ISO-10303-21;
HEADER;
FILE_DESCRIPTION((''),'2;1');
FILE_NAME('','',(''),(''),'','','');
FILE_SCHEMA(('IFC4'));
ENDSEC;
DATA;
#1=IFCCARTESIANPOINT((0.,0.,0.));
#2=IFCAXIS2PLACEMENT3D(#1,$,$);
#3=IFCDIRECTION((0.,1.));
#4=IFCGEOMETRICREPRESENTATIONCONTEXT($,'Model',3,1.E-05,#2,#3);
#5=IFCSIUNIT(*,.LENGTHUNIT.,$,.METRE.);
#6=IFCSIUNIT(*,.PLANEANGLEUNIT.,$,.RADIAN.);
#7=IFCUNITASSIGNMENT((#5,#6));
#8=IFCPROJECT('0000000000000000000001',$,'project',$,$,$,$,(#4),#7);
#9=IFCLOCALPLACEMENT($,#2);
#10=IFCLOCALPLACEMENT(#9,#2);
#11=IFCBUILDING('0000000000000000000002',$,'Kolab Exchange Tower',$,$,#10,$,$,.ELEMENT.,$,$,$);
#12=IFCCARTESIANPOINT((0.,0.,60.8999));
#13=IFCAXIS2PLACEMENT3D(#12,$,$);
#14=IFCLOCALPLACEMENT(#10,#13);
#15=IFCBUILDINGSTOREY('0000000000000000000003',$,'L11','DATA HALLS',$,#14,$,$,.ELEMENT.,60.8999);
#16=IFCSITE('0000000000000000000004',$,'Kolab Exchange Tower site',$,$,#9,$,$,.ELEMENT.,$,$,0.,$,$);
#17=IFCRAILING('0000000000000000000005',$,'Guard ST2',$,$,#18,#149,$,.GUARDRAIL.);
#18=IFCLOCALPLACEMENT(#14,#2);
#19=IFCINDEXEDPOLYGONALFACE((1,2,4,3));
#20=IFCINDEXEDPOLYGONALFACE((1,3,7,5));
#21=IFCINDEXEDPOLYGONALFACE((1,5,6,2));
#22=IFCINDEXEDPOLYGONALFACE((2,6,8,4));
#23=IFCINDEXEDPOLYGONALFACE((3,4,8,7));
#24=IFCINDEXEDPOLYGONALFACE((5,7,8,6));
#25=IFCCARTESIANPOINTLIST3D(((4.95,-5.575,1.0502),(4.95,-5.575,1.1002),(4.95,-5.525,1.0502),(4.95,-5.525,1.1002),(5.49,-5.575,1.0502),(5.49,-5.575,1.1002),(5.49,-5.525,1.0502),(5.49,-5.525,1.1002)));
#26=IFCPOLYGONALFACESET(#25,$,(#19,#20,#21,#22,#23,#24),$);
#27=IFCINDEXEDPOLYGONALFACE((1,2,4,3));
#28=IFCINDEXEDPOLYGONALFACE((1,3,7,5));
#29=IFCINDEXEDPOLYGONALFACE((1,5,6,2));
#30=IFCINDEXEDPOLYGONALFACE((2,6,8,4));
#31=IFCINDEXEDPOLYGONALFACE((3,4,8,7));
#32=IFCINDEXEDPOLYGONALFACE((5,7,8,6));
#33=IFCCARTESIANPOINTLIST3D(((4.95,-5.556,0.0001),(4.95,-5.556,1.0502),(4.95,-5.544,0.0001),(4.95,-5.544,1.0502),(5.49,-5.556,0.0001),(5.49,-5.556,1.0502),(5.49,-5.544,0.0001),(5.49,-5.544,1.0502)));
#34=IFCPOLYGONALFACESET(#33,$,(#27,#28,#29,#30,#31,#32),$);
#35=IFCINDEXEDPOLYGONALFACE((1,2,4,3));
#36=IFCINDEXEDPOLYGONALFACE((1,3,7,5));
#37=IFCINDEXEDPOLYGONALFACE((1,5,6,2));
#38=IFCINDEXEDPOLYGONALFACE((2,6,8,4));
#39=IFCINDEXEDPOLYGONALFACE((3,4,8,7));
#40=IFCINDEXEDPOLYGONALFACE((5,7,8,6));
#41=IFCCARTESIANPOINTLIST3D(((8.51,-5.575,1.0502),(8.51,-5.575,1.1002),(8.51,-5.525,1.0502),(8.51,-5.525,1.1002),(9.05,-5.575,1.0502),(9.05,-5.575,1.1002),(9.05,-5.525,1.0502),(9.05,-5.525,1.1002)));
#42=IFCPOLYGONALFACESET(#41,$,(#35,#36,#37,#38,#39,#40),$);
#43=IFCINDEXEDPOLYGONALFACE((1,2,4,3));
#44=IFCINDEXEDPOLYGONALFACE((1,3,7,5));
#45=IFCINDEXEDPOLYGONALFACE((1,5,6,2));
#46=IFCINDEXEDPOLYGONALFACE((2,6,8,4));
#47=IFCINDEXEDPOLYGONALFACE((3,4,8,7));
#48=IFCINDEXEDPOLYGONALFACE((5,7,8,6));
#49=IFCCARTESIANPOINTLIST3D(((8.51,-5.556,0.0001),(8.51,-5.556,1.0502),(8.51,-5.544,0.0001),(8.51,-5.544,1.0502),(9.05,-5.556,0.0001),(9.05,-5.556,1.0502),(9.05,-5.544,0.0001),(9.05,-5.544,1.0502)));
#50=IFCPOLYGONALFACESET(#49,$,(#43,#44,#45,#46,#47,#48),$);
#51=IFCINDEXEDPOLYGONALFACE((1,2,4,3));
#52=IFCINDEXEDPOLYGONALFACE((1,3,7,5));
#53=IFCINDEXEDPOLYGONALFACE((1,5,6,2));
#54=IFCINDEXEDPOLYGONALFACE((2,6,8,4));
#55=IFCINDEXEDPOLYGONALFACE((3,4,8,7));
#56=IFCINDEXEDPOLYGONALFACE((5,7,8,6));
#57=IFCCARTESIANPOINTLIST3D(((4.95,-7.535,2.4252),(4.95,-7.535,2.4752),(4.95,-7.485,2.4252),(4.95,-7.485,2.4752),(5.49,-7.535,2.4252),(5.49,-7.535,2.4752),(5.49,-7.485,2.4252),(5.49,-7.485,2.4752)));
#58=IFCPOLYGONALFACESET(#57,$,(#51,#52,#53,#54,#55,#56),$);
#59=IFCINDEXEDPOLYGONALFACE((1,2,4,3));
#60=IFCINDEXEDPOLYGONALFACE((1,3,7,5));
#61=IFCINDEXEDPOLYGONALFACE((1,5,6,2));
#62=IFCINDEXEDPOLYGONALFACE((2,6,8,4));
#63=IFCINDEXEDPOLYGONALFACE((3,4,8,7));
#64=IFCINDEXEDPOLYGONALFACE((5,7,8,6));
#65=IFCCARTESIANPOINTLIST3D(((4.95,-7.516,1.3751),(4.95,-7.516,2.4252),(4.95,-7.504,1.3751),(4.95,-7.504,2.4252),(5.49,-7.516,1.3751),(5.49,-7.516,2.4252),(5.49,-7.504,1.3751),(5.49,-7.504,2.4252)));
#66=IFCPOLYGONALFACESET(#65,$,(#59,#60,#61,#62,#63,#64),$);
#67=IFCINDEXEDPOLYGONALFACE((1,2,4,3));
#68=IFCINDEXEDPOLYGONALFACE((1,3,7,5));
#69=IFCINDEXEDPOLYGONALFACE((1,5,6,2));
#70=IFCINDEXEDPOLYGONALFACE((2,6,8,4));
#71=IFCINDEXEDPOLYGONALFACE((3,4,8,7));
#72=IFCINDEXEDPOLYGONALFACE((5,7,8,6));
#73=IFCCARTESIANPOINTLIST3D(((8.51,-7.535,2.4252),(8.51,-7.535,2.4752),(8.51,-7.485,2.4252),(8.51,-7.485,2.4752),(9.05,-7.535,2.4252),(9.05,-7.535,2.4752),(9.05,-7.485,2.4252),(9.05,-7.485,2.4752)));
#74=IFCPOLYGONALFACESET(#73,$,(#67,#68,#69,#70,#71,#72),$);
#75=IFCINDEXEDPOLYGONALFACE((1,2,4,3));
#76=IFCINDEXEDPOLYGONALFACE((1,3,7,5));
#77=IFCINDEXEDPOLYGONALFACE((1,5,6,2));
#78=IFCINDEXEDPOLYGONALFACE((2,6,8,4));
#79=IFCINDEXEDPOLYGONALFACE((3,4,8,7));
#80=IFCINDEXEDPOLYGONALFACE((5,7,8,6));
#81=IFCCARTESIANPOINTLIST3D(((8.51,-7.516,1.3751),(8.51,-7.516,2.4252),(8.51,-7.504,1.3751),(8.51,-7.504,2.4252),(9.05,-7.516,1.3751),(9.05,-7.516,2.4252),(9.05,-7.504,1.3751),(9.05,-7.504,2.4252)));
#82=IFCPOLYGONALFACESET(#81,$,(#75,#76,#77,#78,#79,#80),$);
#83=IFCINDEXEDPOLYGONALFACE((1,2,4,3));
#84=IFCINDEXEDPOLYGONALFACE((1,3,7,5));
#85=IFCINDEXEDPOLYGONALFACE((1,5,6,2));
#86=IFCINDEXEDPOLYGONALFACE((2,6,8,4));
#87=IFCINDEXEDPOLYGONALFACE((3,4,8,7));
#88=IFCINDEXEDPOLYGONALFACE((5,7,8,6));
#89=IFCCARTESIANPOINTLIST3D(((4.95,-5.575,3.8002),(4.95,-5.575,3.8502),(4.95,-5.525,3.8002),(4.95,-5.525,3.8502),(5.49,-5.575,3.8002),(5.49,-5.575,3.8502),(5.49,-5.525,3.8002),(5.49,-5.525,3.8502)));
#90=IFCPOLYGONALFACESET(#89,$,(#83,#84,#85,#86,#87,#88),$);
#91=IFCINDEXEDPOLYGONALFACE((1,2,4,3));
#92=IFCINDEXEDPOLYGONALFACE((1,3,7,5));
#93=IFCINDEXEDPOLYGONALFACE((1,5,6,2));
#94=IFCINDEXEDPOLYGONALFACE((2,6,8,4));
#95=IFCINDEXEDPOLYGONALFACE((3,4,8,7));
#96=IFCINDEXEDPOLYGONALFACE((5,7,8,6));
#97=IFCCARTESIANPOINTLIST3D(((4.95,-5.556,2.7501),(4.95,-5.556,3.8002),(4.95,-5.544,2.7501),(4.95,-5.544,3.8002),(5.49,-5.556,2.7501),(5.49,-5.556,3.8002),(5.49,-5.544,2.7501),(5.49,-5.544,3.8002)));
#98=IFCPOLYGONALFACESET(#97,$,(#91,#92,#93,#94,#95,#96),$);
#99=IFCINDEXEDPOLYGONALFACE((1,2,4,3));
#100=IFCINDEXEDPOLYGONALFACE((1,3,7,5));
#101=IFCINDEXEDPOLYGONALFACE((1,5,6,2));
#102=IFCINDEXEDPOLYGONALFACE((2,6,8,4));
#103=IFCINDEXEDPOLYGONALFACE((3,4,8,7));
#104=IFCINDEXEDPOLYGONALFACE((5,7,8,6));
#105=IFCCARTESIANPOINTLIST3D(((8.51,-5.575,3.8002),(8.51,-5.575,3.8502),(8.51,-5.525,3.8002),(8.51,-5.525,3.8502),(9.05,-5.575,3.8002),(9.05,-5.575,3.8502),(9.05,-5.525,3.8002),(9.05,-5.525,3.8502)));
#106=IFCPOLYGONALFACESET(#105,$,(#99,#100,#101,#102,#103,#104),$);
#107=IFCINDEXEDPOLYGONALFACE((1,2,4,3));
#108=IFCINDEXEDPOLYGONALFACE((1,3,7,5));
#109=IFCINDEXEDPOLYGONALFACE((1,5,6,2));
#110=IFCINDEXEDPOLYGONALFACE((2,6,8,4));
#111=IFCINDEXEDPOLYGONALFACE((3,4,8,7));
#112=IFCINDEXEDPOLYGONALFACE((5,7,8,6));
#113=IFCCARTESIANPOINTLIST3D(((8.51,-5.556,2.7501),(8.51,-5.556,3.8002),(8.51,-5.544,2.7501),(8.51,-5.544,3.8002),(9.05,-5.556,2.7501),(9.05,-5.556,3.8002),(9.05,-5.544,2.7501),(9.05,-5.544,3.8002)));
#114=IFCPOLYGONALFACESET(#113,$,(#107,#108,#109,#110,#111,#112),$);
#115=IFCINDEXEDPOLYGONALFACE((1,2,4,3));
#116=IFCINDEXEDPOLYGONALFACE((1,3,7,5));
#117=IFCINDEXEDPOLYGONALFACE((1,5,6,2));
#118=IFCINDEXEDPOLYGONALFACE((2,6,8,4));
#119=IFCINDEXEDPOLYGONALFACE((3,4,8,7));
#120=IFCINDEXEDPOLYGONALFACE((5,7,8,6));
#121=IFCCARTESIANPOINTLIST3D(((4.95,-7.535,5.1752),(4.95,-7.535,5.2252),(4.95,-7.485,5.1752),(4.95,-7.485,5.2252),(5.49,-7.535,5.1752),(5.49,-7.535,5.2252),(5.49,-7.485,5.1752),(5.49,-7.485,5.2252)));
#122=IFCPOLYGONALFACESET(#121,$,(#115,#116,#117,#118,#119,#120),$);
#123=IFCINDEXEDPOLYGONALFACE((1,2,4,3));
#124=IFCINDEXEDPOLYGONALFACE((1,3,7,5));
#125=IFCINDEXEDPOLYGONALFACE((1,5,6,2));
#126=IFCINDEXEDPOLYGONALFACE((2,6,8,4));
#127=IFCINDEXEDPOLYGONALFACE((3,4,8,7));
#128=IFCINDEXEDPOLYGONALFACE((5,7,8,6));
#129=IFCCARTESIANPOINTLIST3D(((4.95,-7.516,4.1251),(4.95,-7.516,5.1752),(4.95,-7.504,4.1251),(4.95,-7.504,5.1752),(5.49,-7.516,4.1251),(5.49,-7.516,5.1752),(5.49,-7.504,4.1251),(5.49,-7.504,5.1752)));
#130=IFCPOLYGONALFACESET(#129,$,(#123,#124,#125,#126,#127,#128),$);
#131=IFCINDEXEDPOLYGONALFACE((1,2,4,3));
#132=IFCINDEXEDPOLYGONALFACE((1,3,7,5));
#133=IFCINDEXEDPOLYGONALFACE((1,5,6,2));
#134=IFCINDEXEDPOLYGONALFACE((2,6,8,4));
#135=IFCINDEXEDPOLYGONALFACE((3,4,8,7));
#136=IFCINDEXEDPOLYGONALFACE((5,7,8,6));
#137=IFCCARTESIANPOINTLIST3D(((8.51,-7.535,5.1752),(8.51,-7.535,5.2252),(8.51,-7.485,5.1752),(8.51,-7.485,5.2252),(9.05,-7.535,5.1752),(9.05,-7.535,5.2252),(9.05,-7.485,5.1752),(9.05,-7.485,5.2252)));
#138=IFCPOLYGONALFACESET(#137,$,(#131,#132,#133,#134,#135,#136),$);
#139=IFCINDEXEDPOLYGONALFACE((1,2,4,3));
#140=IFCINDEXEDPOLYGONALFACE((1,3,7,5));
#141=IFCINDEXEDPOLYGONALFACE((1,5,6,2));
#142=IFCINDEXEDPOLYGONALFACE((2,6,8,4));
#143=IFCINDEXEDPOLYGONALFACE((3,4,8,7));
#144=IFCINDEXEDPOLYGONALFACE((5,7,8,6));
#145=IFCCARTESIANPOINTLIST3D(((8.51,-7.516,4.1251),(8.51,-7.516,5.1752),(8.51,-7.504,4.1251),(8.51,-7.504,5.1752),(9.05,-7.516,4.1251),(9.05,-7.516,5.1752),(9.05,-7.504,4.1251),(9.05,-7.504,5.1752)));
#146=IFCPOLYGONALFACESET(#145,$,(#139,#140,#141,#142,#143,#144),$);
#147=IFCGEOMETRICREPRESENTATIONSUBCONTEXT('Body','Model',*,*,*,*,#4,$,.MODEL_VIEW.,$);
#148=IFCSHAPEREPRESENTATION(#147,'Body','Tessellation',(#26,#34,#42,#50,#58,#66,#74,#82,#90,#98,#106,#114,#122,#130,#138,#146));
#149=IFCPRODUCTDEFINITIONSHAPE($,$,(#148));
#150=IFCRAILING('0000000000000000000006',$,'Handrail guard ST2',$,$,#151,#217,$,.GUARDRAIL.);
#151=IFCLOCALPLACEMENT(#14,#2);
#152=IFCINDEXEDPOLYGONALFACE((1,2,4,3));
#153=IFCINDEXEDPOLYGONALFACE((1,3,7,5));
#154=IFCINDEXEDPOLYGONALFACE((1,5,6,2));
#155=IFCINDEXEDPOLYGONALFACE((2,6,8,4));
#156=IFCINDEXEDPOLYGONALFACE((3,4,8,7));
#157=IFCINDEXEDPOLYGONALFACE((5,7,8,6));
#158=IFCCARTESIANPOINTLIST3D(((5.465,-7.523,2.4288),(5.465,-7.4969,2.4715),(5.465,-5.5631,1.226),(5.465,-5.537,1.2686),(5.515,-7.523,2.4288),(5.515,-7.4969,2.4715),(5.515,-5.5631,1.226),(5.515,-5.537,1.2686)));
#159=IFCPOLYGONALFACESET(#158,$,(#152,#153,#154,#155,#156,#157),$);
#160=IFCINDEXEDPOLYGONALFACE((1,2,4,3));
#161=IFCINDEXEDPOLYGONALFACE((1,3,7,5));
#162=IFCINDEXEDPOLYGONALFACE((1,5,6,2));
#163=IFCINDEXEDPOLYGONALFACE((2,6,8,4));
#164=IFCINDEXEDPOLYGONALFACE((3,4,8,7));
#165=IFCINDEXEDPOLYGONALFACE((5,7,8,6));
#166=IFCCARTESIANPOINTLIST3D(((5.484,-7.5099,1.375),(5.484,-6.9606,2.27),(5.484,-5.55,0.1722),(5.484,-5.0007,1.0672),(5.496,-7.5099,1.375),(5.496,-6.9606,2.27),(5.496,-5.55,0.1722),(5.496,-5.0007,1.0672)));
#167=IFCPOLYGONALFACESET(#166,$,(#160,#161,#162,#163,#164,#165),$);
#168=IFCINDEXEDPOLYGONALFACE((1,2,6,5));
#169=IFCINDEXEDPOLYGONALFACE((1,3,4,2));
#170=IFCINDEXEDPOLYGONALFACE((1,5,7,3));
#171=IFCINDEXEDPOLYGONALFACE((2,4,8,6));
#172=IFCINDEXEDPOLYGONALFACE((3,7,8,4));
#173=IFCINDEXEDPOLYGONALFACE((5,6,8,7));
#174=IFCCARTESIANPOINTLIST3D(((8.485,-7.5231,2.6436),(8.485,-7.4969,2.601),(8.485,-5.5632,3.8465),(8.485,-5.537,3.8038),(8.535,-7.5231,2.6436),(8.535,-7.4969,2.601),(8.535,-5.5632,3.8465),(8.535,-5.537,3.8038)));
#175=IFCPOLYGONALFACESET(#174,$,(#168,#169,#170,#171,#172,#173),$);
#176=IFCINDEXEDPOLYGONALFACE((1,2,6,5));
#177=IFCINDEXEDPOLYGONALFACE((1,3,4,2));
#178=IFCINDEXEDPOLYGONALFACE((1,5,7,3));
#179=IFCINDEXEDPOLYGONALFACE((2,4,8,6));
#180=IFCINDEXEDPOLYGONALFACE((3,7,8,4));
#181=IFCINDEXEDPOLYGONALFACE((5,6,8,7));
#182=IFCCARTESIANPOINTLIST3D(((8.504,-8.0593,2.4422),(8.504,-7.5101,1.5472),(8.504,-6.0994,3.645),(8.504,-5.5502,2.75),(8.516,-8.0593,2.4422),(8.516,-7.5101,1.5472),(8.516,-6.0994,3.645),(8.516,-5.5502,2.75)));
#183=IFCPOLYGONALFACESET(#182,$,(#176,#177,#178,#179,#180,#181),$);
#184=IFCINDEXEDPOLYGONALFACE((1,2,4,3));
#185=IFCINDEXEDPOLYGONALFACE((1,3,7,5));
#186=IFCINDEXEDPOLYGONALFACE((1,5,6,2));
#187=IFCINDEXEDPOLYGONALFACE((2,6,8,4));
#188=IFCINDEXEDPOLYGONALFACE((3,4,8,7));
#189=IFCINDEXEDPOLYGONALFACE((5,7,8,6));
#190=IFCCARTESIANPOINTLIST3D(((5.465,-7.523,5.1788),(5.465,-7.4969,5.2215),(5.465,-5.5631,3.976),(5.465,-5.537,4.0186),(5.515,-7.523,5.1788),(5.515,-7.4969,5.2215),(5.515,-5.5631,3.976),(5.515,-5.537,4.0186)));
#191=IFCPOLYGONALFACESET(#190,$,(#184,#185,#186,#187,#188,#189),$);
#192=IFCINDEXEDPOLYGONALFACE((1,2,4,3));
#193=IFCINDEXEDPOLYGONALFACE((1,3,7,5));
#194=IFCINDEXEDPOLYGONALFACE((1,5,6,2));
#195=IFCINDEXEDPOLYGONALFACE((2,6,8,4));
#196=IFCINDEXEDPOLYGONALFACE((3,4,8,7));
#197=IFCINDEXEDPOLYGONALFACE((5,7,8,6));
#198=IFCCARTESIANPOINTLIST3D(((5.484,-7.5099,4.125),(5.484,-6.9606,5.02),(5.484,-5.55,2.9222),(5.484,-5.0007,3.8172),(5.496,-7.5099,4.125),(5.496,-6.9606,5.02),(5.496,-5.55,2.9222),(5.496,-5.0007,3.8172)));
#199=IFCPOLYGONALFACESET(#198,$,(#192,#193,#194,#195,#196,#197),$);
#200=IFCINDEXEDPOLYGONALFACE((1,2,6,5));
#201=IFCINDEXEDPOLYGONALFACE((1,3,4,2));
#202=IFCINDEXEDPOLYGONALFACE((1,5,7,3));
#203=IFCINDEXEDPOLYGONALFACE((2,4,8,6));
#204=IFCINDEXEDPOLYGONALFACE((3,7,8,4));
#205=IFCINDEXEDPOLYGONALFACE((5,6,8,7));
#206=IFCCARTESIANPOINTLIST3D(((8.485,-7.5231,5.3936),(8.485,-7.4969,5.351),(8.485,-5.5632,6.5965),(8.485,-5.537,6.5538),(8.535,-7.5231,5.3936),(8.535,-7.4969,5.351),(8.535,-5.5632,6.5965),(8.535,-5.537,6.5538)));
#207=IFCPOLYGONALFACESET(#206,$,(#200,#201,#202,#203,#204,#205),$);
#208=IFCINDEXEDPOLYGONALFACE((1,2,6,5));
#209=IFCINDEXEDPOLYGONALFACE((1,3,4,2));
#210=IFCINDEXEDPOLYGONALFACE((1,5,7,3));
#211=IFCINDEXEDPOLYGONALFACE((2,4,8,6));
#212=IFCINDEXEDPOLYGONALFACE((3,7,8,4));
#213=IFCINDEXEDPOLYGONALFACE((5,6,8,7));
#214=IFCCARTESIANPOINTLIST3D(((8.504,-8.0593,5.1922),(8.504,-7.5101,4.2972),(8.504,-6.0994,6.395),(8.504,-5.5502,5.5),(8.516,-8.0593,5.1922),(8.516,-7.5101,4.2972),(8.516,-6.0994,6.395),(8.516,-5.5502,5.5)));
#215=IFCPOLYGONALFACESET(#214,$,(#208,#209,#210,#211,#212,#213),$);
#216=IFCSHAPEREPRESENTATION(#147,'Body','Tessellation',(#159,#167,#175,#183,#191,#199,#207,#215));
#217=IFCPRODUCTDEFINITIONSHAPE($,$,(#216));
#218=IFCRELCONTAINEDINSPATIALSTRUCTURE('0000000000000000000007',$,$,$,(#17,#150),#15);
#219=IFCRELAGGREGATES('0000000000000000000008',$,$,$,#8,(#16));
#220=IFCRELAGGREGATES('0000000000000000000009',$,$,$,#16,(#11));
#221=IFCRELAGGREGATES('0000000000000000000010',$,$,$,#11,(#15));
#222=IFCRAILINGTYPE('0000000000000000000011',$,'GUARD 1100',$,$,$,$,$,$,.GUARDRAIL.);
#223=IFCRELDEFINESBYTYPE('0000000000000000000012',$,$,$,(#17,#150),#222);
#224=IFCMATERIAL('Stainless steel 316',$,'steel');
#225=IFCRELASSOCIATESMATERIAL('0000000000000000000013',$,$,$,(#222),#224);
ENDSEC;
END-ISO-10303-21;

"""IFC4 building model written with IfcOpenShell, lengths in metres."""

from ifc_helpers import new_model, si_unit, direction, frame, frame_2d, origin, origin_2d, place, context, subcontext, project, spatial, rectangle, extrude, material, type_object, element, save


model = new_model("IFC4")

# Units and contexts
model_context = context("Model", 3, precision=1e-05, world=origin(), true_north=direction((0.0, 1.0)))
body_context = subcontext(model_context, "Body", "Model", "MODEL_VIEW")
ifc_project = project(units=[si_unit("LENGTHUNIT", "METRE"), si_unit("PLANEANGLEUNIT", "RADIAN")], contexts=[model_context])

# Site, building, storey
site_placement = place(None, origin())
site = spatial("IfcSite", under=ifc_project, at=site_placement, Name="Kolab Exchange Tower site", CompositionType="ELEMENT", RefElevation=0.0)
building_placement = place(site_placement, origin())
building = spatial("IfcBuilding", under=site, at=building_placement, Name="Kolab Exchange Tower", CompositionType="ELEMENT")
storey_placement = place(building_placement, frame((0.0, 0.0, 60.8999)))
storey = spatial("IfcBuildingStorey", under=building, at=storey_placement, Name="L11", Description="DATA HALLS", CompositionType="ELEMENT", Elevation=60.8999)

# Shared definitions
ifc_material_1 = material(Name="Stainless steel 316", Category="steel")

# Railings
railing_type = type_object("IfcRailingType", Name="GUARD 1100", PredefinedType="GUARDRAIL", material=ifc_material_1)
railing_1_placement = place(storey_placement, frame((4.95, -5.55, 0.0)))
element("IfcRailing", 1, at=railing_1_placement, inside=storey, type_object=railing_type, Name="Guard ST2", PredefinedType="GUARDRAIL", context=body_context, shape_type="SweptSolid", body=[
    extrude(rectangle(XDim=0.05, YDim=0.05, at=origin_2d()), frame((0.0, 0.0, 1.0752), z_axis=(1.0, 0.0, 0.0), x_axis=(0.0, 1.0, 0.0)), (0.0, 0.0, 1.0), 0.54),
    extrude(rectangle(XDim=0.012, YDim=1.0501, at=frame_2d((0.0, 0.5251))), frame((0.0, 0.0, 0.0), z_axis=(1.0, 0.0, 0.0), x_axis=(0.0, 1.0, 0.0)), (0.0, 0.0, 1.0), 0.54),
    extrude(rectangle(XDim=0.05, YDim=0.05, at=origin_2d()), frame((3.5601, 0.0, 1.0752), z_axis=(1.0, 0.0, 0.0), x_axis=(0.0, 1.0, 0.0)), (0.0, 0.0, 1.0), 0.54),
    extrude(rectangle(XDim=0.012, YDim=1.0501, at=frame_2d((0.0, 0.5251))), frame((3.5601, 0.0, 0.0), z_axis=(1.0, 0.0, 0.0), x_axis=(0.0, 1.0, 0.0)), (0.0, 0.0, 1.0), 0.54),
    extrude(rectangle(XDim=0.05, YDim=0.05, at=origin_2d()), frame((0.0, -1.96, 2.4502), z_axis=(1.0, 0.0, 0.0), x_axis=(0.0, 1.0, 0.0)), (0.0, 0.0, 1.0), 0.54),
    extrude(rectangle(XDim=0.012, YDim=1.0501, at=frame_2d((0.0, 0.5251))), frame((0.0, -1.96, 1.375), z_axis=(1.0, 0.0, 0.0), x_axis=(0.0, 1.0, 0.0)), (0.0, 0.0, 1.0), 0.54),
    extrude(rectangle(XDim=0.05, YDim=0.05, at=origin_2d()), frame((3.5601, -1.96, 2.4502), z_axis=(1.0, 0.0, 0.0), x_axis=(0.0, 1.0, 0.0)), (0.0, 0.0, 1.0), 0.54),
    extrude(rectangle(XDim=0.012, YDim=1.0501, at=frame_2d((0.0, 0.5251))), frame((3.5601, -1.96, 1.375), z_axis=(1.0, 0.0, 0.0), x_axis=(0.0, 1.0, 0.0)), (0.0, 0.0, 1.0), 0.54),
    extrude(rectangle(XDim=0.05, YDim=0.05, at=origin_2d()), frame((0.0, 0.0, 3.8252), z_axis=(1.0, 0.0, 0.0), x_axis=(0.0, 1.0, 0.0)), (0.0, 0.0, 1.0), 0.54),
    extrude(rectangle(XDim=0.012, YDim=1.0501, at=frame_2d((0.0, 0.5251))), frame((0.0, 0.0, 2.75), z_axis=(1.0, 0.0, 0.0), x_axis=(0.0, 1.0, 0.0)), (0.0, 0.0, 1.0), 0.54),
    extrude(rectangle(XDim=0.05, YDim=0.05, at=origin_2d()), frame((3.5601, 0.0, 3.8252), z_axis=(1.0, 0.0, 0.0), x_axis=(0.0, 1.0, 0.0)), (0.0, 0.0, 1.0), 0.54),
    extrude(rectangle(XDim=0.012, YDim=1.0501, at=frame_2d((0.0, 0.5251))), frame((3.5601, 0.0, 2.75), z_axis=(1.0, 0.0, 0.0), x_axis=(0.0, 1.0, 0.0)), (0.0, 0.0, 1.0), 0.54),
    extrude(rectangle(XDim=0.05, YDim=0.05, at=origin_2d()), frame((0.0, -1.96, 5.2002), z_axis=(1.0, 0.0, 0.0), x_axis=(0.0, 1.0, 0.0)), (0.0, 0.0, 1.0), 0.54),
    extrude(rectangle(XDim=0.012, YDim=1.0501, at=frame_2d((0.0, 0.5251))), frame((0.0, -1.96, 4.125), z_axis=(1.0, 0.0, 0.0), x_axis=(0.0, 1.0, 0.0)), (0.0, 0.0, 1.0), 0.54),
    extrude(rectangle(XDim=0.05, YDim=0.05, at=origin_2d()), frame((3.5601, -1.96, 5.2002), z_axis=(1.0, 0.0, 0.0), x_axis=(0.0, 1.0, 0.0)), (0.0, 0.0, 1.0), 0.54),
    extrude(rectangle(XDim=0.012, YDim=1.0501, at=frame_2d((0.0, 0.5251))), frame((3.5601, -1.96, 4.125), z_axis=(1.0, 0.0, 0.0), x_axis=(0.0, 1.0, 0.0)), (0.0, 0.0, 1.0), 0.54),
])
railing_2_placement = place(storey_placement, frame((5.49, -5.55, 0.1721)))
element("IfcRailing", 2, at=railing_2_placement, inside=storey, type_object=railing_type, Name="Handrail guard ST2", PredefinedType="GUARDRAIL", context=body_context, shape_type="SweptSolid", body=[
    extrude(rectangle(XDim=0.05, YDim=0.05, at=origin_2d()), frame((0.0, 0.0, 1.0752), z_axis=(0.0, -0.852288, 0.523072), x_axis=(1.0, 0.0, 0.0)), (0.0, 0.0, 1.0), 2.2996),
    extrude(rectangle(XDim=0.012, YDim=1.0501, at=frame_2d((0.0, 0.5251))), frame((0.0, 0.0, 0.0), z_axis=(0.0, -0.852288, 0.523072), x_axis=(1.0, 0.0, 0.0)), (0.0, 0.0, 1.0), 2.2996),
    extrude(rectangle(XDim=0.05, YDim=0.05, at=origin_2d()), frame((3.02, -1.96, 2.4502), z_axis=(0.0, 0.852288, 0.523072), x_axis=(-1.0, 0.0, 0.0)), (0.0, 0.0, 1.0), 2.2996),
    extrude(rectangle(XDim=0.012, YDim=1.0501, at=frame_2d((0.0, 0.5251))), frame((3.02, -1.96, 1.375), z_axis=(0.0, 0.852288, 0.523072), x_axis=(-1.0, 0.0, 0.0)), (0.0, 0.0, 1.0), 2.2996),
    extrude(rectangle(XDim=0.05, YDim=0.05, at=origin_2d()), frame((0.0, 0.0, 3.8252), z_axis=(0.0, -0.852288, 0.523072), x_axis=(1.0, 0.0, 0.0)), (0.0, 0.0, 1.0), 2.2996),
    extrude(rectangle(XDim=0.012, YDim=1.0501, at=frame_2d((0.0, 0.5251))), frame((0.0, 0.0, 2.75), z_axis=(0.0, -0.852288, 0.523072), x_axis=(1.0, 0.0, 0.0)), (0.0, 0.0, 1.0), 2.2996),
    extrude(rectangle(XDim=0.05, YDim=0.05, at=origin_2d()), frame((3.02, -1.96, 5.2002), z_axis=(0.0, 0.852288, 0.523072), x_axis=(-1.0, 0.0, 0.0)), (0.0, 0.0, 1.0), 2.2996),
    extrude(rectangle(XDim=0.012, YDim=1.0501, at=frame_2d((0.0, 0.5251))), frame((3.02, -1.96, 4.125), z_axis=(0.0, 0.852288, 0.523072), x_axis=(-1.0, 0.0, 0.0)), (0.0, 0.0, 1.0), 2.2996),
])

save(model, "model.ifc")
